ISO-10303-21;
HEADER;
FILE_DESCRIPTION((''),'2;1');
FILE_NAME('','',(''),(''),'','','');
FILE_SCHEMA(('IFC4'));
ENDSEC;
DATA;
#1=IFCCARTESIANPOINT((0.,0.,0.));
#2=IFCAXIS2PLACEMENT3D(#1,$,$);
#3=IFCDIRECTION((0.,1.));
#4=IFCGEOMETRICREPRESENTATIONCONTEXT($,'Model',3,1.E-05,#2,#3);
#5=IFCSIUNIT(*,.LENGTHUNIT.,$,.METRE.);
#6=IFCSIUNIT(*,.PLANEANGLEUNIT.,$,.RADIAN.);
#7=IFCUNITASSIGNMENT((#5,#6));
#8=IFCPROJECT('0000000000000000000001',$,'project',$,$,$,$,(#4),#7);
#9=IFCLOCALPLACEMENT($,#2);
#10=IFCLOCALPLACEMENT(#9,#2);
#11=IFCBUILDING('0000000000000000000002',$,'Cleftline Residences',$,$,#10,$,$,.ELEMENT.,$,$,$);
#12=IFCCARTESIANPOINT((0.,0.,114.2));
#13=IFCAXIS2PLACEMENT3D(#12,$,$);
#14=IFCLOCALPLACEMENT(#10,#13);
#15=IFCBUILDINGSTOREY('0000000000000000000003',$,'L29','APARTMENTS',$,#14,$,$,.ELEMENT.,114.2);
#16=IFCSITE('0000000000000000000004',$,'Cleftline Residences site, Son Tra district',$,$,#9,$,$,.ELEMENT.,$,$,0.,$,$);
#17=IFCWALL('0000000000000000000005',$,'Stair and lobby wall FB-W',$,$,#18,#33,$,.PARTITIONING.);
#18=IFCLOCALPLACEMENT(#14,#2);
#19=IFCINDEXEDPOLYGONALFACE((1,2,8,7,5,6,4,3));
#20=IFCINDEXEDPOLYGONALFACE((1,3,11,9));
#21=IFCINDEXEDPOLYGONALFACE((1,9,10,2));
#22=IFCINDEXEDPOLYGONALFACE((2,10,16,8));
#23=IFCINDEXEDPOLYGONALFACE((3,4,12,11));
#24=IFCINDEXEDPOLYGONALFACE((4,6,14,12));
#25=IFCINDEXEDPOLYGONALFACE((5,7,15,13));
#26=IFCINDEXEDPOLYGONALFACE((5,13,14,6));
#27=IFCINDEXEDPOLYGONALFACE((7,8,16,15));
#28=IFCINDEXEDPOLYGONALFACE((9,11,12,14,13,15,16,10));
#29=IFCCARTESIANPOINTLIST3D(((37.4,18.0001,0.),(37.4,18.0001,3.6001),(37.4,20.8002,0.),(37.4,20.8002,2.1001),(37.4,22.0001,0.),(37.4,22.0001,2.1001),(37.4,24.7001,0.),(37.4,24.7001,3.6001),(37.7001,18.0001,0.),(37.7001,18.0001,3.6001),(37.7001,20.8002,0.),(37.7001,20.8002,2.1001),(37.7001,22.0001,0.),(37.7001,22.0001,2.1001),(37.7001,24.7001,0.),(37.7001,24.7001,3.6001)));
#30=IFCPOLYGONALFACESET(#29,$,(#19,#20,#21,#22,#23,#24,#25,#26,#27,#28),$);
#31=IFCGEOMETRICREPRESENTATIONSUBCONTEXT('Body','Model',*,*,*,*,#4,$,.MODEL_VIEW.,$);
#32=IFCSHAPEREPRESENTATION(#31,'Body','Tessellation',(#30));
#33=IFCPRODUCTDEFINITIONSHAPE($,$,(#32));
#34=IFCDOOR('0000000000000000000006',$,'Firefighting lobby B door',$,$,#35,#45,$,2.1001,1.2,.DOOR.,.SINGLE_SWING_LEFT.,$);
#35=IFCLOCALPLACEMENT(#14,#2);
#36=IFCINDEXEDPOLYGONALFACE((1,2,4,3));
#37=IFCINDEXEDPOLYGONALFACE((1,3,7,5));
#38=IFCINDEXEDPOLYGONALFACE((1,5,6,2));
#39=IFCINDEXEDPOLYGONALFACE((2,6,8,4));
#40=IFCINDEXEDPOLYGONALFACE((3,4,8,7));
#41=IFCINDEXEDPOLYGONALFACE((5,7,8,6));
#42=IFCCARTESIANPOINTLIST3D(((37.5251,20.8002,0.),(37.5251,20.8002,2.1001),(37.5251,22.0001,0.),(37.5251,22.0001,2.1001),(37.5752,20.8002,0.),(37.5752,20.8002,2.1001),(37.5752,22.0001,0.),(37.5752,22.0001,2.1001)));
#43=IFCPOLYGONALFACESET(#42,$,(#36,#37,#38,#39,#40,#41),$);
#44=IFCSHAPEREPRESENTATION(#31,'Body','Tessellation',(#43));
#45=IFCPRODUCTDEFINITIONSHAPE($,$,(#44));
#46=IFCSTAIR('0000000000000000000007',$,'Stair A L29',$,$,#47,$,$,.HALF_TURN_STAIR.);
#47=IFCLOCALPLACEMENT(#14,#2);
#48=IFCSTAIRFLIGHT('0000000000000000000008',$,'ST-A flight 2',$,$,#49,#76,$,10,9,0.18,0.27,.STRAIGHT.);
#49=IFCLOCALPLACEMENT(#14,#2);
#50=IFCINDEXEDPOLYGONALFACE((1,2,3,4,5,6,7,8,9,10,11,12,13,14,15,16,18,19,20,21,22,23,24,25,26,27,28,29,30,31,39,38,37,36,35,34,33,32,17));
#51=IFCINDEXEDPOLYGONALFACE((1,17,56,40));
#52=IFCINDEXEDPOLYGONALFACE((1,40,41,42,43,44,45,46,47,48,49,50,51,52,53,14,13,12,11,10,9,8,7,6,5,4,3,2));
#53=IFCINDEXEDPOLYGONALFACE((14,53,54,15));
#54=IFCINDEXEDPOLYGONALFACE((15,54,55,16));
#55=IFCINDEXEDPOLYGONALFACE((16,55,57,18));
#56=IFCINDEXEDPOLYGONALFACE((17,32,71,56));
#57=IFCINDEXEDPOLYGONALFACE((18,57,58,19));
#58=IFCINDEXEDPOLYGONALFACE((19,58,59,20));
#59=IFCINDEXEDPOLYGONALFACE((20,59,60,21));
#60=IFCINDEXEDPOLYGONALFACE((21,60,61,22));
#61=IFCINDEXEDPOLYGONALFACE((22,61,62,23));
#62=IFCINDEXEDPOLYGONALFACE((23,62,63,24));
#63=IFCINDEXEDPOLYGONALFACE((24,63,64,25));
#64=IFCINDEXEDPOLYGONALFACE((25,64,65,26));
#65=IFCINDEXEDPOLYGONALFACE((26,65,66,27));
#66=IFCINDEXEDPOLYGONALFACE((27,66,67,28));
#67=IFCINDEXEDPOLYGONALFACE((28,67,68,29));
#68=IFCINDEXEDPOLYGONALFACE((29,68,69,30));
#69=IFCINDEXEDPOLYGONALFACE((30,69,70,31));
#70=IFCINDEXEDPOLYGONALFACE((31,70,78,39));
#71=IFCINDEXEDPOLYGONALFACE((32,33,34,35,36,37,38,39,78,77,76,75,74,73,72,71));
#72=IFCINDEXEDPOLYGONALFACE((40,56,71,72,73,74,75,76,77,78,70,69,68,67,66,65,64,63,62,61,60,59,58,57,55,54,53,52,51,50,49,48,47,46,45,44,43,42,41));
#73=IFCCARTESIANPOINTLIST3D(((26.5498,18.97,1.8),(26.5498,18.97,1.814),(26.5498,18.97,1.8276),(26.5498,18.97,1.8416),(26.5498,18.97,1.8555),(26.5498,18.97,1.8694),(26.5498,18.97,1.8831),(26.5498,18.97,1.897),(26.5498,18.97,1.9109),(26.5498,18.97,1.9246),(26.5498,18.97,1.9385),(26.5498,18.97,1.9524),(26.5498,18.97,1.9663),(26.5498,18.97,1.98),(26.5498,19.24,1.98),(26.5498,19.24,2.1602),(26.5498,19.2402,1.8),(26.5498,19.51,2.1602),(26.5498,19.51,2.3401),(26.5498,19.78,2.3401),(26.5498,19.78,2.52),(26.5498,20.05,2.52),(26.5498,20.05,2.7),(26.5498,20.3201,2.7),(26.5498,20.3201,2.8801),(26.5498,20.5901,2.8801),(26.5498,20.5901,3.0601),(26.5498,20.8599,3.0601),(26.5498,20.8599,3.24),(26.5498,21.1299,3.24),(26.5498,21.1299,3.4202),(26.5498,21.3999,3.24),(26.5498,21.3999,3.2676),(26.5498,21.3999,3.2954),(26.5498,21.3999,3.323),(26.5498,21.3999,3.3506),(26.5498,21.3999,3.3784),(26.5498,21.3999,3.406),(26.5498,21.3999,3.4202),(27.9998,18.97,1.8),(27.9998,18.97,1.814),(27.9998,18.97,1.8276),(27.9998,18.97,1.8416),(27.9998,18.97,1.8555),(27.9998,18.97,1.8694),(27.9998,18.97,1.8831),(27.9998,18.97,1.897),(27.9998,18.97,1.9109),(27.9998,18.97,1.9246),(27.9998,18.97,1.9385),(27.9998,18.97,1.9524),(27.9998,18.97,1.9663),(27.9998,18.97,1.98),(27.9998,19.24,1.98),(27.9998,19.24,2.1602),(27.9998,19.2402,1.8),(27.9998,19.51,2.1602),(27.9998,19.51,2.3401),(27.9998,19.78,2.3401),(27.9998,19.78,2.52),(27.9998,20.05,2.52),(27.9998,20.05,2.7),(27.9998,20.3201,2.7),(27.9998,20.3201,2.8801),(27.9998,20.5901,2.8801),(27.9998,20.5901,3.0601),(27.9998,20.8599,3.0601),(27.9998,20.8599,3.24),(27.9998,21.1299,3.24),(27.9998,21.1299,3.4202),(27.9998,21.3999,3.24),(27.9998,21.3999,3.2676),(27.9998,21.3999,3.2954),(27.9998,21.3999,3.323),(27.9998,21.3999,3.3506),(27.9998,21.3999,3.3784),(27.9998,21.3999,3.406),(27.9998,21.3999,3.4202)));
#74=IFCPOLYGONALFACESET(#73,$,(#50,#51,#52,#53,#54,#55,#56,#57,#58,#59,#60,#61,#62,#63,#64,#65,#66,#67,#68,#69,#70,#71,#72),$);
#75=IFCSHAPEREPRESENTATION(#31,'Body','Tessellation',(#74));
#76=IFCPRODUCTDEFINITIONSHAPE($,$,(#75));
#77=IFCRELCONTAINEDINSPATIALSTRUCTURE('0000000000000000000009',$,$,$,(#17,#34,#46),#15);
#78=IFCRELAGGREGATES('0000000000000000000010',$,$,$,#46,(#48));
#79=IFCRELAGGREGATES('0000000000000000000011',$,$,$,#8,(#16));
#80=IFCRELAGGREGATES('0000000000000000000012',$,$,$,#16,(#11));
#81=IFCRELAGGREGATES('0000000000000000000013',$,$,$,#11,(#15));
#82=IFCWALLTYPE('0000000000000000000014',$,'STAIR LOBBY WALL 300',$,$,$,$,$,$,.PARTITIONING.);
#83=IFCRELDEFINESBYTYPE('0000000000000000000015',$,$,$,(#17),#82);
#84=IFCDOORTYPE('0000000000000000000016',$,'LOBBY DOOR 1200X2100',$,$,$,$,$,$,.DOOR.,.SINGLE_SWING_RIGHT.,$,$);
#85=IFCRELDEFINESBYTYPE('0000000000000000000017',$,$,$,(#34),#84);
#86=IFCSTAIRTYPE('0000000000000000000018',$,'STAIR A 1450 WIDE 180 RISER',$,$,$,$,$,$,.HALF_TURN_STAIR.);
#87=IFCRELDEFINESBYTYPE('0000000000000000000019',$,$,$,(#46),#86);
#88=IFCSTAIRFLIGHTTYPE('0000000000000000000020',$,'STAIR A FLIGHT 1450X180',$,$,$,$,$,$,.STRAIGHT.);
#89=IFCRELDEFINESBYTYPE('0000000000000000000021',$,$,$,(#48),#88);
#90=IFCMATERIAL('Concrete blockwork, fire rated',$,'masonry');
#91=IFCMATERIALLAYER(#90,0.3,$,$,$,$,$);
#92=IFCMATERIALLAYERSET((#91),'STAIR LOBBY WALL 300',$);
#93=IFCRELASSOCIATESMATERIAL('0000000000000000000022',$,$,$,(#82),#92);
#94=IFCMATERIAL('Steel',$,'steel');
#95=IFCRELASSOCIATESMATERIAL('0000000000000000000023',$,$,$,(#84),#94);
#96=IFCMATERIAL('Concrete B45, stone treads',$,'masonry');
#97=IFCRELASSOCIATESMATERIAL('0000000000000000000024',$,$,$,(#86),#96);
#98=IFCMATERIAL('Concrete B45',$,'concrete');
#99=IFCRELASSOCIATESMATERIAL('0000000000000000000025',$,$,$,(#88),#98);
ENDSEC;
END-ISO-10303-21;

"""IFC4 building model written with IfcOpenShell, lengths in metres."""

from ifc_helpers import new_model, si_unit, direction, frame, frame_2d, origin, place, context, subcontext, project, spatial, polyline, rectangle, outline, extrude, material, layer, layer_set, type_object, element, fill, aggregate, save


model = new_model("IFC4")

# Units and contexts
model_context = context("Model", 3, precision=1e-05, world=origin(), true_north=direction((0.0, 1.0)))
body_context = subcontext(model_context, "Body", "Model", "MODEL_VIEW")
ifc_project = project(units=[si_unit("LENGTHUNIT", "METRE"), si_unit("PLANEANGLEUNIT", "RADIAN")], contexts=[model_context])

# Site, building, storey
site_placement = place(None, origin())
site = spatial("IfcSite", under=ifc_project, at=site_placement, Name="Cleftline Residences site, Son Tra district", CompositionType="ELEMENT", RefElevation=0.0)
building_placement = place(site_placement, origin())
building = spatial("IfcBuilding", under=site, at=building_placement, Name="Cleftline Residences", CompositionType="ELEMENT")
storey_placement = place(building_placement, frame((0.0, 0.0, 114.2)))
storey = spatial("IfcBuildingStorey", under=building, at=storey_placement, Name="L29", Description="APARTMENTS", CompositionType="ELEMENT", Elevation=114.2)

# Wall, opening, door
ifc_material_1 = material(Name="Concrete blockwork, fire rated", Category="masonry")
ifc_layer_1 = layer(ifc_material_1, 0.3)
ifc_layer_set_1 = layer_set([ifc_layer_1], Name="STAIR LOBBY WALL 300")
wall_type_1 = type_object("IfcWallType", Name="STAIR LOBBY WALL 300", PredefinedType="PARTITIONING", material=ifc_layer_set_1)
ifc_material_2 = material(Name="Steel", Category="steel")
door_type_1 = type_object("IfcDoorType", Name="LOBBY DOOR 1200X2100", OperationType="SINGLE_SWING_RIGHT", PredefinedType="DOOR", material=ifc_material_2)
wall_1_placement = place(storey_placement, frame((37.55, 18.0, 0.0), z_axis=(0.0, 0.0, 1.0), x_axis=(0.0, 1.0, 0.0)))
wall_1 = element("IfcWall", 1, at=wall_1_placement, inside=storey, type_object=wall_type_1, Name="Stair and lobby wall FB-W", PredefinedType="PARTITIONING", context=body_context, shape_type="SweptSolid", body=[
    extrude(rectangle(XDim=6.7, YDim=0.3, at=frame_2d((3.3501, 0.0))), origin(), (0.0, 0.0, 1.0), 3.6001),
])
opening_1_placement = place(wall_1_placement, frame((2.8, 0.0, 0.0)))
opening_1 = element("IfcOpeningElement", 2, at=opening_1_placement, cuts=wall_1, PredefinedType="OPENING", context=body_context, shape_type="SweptSolid", body=[
    extrude(rectangle(XDim=1.2, YDim=2.1001, at=frame_2d((0.6001, 1.05))), frame((0.0, 0.1599, 0.0), z_axis=(0.0, -1.0, 0.0), x_axis=(1.0, 0.0, 0.0)), (0.0, 0.0, 1.0), 0.3201),
])
door_1_placement = place(opening_1_placement, origin())
door_1 = element("IfcDoor", 3, at=door_1_placement, inside=storey, type_object=door_type_1, Name="Firefighting lobby B door", OperationType="SINGLE_SWING_LEFT", OverallHeight=2.1001, OverallWidth=1.2, PredefinedType="DOOR", context=body_context, shape_type="SweptSolid", body=[
    extrude(rectangle(XDim=1.2, YDim=2.1001, at=frame_2d((0.6001, 1.05))), frame((0.0, 0.0249, 0.0), z_axis=(0.0, -1.0, 0.0), x_axis=(1.0, 0.0, 0.0)), (0.0, 0.0, 1.0), 0.05),
])
fill(opening_1, door_1)

# Stair, stair flight
ifc_material_3 = material(Name="Concrete B45, stone treads", Category="masonry")
stair_type = type_object("IfcStairType", Name="STAIR A 1450 WIDE 180 RISER", PredefinedType="HALF_TURN_STAIR", material=ifc_material_3)
stair_placement = place(storey_placement, origin())
stair = element("IfcStair", 4, at=stair_placement, inside=storey, type_object=stair_type, Name="Stair A L29", PredefinedType="HALF_TURN_STAIR")
ifc_material_4 = material(Name="Concrete B45", Category="concrete")
stair_flight_type = type_object("IfcStairFlightType", Name="STAIR A FLIGHT 1450X180", PredefinedType="STRAIGHT", material=ifc_material_4)
stair_flight_placement = place(storey_placement, frame((27.2749, 18.97, 1.8), z_axis=(0.0, 0.0, 1.0), x_axis=(0.0, 1.0, 0.0)))
stair_flight = element("IfcStairFlight", 5, at=stair_flight_placement, type_object=stair_flight_type, Name="ST-A flight 2", NumberOfRisers=10, NumberOfTreads=9, PredefinedType="STRAIGHT", RiserHeight=0.18, TreadLength=0.27, context=body_context, shape_type="SweptSolid", body=[
    extrude(outline(polyline([(0.0, 0.0), (0.0, 0.0139), (0.0, 0.0276), (0.0, 0.0415), (0.0, 0.0554), (0.0, 0.0693), (0.0, 0.083), (0.0, 0.0969), (0.0, 0.1108), (0.0, 0.1245), (0.0, 0.1384), (0.0, 0.1523), (0.0, 0.1663), (0.0, 0.1799), (0.27, 0.1799), (0.27, 0.3601), (0.54, 0.3601), (0.54, 0.54), (0.8101, 0.54), (0.8101, 0.72), (1.0801, 0.72), (1.0801, 0.8999), (1.3501, 0.8999), (1.3501, 1.0801), (1.6201, 1.0801), (1.6201, 1.26), (1.8899, 1.26), (1.8899, 1.4399), (2.1599, 1.4399), (2.1599, 1.6201), (2.4299, 1.6201), (2.4299, 1.8), (2.4299, 1.7722), (2.4299, 1.7446), (2.4299, 1.7168), (2.4299, 1.6892), (2.4299, 1.6614), (2.4299, 1.6338), (2.4299, 1.606), (2.4299, 1.5784), (2.4299, 1.5505), (2.4299, 1.5229), (2.4299, 1.4954), (2.4299, 1.4675), (2.4299, 1.4399), (0.2703, 0.0), (0.0, 0.0)])), frame((0.0, 0.7251, 0.0), z_axis=(0.0, -1.0, 0.0), x_axis=(1.0, 0.0, 0.0)), (0.0, 0.0, 1.0), 1.45),
])
aggregate(stair, [stair_flight])

save(model, "model.ifc")
